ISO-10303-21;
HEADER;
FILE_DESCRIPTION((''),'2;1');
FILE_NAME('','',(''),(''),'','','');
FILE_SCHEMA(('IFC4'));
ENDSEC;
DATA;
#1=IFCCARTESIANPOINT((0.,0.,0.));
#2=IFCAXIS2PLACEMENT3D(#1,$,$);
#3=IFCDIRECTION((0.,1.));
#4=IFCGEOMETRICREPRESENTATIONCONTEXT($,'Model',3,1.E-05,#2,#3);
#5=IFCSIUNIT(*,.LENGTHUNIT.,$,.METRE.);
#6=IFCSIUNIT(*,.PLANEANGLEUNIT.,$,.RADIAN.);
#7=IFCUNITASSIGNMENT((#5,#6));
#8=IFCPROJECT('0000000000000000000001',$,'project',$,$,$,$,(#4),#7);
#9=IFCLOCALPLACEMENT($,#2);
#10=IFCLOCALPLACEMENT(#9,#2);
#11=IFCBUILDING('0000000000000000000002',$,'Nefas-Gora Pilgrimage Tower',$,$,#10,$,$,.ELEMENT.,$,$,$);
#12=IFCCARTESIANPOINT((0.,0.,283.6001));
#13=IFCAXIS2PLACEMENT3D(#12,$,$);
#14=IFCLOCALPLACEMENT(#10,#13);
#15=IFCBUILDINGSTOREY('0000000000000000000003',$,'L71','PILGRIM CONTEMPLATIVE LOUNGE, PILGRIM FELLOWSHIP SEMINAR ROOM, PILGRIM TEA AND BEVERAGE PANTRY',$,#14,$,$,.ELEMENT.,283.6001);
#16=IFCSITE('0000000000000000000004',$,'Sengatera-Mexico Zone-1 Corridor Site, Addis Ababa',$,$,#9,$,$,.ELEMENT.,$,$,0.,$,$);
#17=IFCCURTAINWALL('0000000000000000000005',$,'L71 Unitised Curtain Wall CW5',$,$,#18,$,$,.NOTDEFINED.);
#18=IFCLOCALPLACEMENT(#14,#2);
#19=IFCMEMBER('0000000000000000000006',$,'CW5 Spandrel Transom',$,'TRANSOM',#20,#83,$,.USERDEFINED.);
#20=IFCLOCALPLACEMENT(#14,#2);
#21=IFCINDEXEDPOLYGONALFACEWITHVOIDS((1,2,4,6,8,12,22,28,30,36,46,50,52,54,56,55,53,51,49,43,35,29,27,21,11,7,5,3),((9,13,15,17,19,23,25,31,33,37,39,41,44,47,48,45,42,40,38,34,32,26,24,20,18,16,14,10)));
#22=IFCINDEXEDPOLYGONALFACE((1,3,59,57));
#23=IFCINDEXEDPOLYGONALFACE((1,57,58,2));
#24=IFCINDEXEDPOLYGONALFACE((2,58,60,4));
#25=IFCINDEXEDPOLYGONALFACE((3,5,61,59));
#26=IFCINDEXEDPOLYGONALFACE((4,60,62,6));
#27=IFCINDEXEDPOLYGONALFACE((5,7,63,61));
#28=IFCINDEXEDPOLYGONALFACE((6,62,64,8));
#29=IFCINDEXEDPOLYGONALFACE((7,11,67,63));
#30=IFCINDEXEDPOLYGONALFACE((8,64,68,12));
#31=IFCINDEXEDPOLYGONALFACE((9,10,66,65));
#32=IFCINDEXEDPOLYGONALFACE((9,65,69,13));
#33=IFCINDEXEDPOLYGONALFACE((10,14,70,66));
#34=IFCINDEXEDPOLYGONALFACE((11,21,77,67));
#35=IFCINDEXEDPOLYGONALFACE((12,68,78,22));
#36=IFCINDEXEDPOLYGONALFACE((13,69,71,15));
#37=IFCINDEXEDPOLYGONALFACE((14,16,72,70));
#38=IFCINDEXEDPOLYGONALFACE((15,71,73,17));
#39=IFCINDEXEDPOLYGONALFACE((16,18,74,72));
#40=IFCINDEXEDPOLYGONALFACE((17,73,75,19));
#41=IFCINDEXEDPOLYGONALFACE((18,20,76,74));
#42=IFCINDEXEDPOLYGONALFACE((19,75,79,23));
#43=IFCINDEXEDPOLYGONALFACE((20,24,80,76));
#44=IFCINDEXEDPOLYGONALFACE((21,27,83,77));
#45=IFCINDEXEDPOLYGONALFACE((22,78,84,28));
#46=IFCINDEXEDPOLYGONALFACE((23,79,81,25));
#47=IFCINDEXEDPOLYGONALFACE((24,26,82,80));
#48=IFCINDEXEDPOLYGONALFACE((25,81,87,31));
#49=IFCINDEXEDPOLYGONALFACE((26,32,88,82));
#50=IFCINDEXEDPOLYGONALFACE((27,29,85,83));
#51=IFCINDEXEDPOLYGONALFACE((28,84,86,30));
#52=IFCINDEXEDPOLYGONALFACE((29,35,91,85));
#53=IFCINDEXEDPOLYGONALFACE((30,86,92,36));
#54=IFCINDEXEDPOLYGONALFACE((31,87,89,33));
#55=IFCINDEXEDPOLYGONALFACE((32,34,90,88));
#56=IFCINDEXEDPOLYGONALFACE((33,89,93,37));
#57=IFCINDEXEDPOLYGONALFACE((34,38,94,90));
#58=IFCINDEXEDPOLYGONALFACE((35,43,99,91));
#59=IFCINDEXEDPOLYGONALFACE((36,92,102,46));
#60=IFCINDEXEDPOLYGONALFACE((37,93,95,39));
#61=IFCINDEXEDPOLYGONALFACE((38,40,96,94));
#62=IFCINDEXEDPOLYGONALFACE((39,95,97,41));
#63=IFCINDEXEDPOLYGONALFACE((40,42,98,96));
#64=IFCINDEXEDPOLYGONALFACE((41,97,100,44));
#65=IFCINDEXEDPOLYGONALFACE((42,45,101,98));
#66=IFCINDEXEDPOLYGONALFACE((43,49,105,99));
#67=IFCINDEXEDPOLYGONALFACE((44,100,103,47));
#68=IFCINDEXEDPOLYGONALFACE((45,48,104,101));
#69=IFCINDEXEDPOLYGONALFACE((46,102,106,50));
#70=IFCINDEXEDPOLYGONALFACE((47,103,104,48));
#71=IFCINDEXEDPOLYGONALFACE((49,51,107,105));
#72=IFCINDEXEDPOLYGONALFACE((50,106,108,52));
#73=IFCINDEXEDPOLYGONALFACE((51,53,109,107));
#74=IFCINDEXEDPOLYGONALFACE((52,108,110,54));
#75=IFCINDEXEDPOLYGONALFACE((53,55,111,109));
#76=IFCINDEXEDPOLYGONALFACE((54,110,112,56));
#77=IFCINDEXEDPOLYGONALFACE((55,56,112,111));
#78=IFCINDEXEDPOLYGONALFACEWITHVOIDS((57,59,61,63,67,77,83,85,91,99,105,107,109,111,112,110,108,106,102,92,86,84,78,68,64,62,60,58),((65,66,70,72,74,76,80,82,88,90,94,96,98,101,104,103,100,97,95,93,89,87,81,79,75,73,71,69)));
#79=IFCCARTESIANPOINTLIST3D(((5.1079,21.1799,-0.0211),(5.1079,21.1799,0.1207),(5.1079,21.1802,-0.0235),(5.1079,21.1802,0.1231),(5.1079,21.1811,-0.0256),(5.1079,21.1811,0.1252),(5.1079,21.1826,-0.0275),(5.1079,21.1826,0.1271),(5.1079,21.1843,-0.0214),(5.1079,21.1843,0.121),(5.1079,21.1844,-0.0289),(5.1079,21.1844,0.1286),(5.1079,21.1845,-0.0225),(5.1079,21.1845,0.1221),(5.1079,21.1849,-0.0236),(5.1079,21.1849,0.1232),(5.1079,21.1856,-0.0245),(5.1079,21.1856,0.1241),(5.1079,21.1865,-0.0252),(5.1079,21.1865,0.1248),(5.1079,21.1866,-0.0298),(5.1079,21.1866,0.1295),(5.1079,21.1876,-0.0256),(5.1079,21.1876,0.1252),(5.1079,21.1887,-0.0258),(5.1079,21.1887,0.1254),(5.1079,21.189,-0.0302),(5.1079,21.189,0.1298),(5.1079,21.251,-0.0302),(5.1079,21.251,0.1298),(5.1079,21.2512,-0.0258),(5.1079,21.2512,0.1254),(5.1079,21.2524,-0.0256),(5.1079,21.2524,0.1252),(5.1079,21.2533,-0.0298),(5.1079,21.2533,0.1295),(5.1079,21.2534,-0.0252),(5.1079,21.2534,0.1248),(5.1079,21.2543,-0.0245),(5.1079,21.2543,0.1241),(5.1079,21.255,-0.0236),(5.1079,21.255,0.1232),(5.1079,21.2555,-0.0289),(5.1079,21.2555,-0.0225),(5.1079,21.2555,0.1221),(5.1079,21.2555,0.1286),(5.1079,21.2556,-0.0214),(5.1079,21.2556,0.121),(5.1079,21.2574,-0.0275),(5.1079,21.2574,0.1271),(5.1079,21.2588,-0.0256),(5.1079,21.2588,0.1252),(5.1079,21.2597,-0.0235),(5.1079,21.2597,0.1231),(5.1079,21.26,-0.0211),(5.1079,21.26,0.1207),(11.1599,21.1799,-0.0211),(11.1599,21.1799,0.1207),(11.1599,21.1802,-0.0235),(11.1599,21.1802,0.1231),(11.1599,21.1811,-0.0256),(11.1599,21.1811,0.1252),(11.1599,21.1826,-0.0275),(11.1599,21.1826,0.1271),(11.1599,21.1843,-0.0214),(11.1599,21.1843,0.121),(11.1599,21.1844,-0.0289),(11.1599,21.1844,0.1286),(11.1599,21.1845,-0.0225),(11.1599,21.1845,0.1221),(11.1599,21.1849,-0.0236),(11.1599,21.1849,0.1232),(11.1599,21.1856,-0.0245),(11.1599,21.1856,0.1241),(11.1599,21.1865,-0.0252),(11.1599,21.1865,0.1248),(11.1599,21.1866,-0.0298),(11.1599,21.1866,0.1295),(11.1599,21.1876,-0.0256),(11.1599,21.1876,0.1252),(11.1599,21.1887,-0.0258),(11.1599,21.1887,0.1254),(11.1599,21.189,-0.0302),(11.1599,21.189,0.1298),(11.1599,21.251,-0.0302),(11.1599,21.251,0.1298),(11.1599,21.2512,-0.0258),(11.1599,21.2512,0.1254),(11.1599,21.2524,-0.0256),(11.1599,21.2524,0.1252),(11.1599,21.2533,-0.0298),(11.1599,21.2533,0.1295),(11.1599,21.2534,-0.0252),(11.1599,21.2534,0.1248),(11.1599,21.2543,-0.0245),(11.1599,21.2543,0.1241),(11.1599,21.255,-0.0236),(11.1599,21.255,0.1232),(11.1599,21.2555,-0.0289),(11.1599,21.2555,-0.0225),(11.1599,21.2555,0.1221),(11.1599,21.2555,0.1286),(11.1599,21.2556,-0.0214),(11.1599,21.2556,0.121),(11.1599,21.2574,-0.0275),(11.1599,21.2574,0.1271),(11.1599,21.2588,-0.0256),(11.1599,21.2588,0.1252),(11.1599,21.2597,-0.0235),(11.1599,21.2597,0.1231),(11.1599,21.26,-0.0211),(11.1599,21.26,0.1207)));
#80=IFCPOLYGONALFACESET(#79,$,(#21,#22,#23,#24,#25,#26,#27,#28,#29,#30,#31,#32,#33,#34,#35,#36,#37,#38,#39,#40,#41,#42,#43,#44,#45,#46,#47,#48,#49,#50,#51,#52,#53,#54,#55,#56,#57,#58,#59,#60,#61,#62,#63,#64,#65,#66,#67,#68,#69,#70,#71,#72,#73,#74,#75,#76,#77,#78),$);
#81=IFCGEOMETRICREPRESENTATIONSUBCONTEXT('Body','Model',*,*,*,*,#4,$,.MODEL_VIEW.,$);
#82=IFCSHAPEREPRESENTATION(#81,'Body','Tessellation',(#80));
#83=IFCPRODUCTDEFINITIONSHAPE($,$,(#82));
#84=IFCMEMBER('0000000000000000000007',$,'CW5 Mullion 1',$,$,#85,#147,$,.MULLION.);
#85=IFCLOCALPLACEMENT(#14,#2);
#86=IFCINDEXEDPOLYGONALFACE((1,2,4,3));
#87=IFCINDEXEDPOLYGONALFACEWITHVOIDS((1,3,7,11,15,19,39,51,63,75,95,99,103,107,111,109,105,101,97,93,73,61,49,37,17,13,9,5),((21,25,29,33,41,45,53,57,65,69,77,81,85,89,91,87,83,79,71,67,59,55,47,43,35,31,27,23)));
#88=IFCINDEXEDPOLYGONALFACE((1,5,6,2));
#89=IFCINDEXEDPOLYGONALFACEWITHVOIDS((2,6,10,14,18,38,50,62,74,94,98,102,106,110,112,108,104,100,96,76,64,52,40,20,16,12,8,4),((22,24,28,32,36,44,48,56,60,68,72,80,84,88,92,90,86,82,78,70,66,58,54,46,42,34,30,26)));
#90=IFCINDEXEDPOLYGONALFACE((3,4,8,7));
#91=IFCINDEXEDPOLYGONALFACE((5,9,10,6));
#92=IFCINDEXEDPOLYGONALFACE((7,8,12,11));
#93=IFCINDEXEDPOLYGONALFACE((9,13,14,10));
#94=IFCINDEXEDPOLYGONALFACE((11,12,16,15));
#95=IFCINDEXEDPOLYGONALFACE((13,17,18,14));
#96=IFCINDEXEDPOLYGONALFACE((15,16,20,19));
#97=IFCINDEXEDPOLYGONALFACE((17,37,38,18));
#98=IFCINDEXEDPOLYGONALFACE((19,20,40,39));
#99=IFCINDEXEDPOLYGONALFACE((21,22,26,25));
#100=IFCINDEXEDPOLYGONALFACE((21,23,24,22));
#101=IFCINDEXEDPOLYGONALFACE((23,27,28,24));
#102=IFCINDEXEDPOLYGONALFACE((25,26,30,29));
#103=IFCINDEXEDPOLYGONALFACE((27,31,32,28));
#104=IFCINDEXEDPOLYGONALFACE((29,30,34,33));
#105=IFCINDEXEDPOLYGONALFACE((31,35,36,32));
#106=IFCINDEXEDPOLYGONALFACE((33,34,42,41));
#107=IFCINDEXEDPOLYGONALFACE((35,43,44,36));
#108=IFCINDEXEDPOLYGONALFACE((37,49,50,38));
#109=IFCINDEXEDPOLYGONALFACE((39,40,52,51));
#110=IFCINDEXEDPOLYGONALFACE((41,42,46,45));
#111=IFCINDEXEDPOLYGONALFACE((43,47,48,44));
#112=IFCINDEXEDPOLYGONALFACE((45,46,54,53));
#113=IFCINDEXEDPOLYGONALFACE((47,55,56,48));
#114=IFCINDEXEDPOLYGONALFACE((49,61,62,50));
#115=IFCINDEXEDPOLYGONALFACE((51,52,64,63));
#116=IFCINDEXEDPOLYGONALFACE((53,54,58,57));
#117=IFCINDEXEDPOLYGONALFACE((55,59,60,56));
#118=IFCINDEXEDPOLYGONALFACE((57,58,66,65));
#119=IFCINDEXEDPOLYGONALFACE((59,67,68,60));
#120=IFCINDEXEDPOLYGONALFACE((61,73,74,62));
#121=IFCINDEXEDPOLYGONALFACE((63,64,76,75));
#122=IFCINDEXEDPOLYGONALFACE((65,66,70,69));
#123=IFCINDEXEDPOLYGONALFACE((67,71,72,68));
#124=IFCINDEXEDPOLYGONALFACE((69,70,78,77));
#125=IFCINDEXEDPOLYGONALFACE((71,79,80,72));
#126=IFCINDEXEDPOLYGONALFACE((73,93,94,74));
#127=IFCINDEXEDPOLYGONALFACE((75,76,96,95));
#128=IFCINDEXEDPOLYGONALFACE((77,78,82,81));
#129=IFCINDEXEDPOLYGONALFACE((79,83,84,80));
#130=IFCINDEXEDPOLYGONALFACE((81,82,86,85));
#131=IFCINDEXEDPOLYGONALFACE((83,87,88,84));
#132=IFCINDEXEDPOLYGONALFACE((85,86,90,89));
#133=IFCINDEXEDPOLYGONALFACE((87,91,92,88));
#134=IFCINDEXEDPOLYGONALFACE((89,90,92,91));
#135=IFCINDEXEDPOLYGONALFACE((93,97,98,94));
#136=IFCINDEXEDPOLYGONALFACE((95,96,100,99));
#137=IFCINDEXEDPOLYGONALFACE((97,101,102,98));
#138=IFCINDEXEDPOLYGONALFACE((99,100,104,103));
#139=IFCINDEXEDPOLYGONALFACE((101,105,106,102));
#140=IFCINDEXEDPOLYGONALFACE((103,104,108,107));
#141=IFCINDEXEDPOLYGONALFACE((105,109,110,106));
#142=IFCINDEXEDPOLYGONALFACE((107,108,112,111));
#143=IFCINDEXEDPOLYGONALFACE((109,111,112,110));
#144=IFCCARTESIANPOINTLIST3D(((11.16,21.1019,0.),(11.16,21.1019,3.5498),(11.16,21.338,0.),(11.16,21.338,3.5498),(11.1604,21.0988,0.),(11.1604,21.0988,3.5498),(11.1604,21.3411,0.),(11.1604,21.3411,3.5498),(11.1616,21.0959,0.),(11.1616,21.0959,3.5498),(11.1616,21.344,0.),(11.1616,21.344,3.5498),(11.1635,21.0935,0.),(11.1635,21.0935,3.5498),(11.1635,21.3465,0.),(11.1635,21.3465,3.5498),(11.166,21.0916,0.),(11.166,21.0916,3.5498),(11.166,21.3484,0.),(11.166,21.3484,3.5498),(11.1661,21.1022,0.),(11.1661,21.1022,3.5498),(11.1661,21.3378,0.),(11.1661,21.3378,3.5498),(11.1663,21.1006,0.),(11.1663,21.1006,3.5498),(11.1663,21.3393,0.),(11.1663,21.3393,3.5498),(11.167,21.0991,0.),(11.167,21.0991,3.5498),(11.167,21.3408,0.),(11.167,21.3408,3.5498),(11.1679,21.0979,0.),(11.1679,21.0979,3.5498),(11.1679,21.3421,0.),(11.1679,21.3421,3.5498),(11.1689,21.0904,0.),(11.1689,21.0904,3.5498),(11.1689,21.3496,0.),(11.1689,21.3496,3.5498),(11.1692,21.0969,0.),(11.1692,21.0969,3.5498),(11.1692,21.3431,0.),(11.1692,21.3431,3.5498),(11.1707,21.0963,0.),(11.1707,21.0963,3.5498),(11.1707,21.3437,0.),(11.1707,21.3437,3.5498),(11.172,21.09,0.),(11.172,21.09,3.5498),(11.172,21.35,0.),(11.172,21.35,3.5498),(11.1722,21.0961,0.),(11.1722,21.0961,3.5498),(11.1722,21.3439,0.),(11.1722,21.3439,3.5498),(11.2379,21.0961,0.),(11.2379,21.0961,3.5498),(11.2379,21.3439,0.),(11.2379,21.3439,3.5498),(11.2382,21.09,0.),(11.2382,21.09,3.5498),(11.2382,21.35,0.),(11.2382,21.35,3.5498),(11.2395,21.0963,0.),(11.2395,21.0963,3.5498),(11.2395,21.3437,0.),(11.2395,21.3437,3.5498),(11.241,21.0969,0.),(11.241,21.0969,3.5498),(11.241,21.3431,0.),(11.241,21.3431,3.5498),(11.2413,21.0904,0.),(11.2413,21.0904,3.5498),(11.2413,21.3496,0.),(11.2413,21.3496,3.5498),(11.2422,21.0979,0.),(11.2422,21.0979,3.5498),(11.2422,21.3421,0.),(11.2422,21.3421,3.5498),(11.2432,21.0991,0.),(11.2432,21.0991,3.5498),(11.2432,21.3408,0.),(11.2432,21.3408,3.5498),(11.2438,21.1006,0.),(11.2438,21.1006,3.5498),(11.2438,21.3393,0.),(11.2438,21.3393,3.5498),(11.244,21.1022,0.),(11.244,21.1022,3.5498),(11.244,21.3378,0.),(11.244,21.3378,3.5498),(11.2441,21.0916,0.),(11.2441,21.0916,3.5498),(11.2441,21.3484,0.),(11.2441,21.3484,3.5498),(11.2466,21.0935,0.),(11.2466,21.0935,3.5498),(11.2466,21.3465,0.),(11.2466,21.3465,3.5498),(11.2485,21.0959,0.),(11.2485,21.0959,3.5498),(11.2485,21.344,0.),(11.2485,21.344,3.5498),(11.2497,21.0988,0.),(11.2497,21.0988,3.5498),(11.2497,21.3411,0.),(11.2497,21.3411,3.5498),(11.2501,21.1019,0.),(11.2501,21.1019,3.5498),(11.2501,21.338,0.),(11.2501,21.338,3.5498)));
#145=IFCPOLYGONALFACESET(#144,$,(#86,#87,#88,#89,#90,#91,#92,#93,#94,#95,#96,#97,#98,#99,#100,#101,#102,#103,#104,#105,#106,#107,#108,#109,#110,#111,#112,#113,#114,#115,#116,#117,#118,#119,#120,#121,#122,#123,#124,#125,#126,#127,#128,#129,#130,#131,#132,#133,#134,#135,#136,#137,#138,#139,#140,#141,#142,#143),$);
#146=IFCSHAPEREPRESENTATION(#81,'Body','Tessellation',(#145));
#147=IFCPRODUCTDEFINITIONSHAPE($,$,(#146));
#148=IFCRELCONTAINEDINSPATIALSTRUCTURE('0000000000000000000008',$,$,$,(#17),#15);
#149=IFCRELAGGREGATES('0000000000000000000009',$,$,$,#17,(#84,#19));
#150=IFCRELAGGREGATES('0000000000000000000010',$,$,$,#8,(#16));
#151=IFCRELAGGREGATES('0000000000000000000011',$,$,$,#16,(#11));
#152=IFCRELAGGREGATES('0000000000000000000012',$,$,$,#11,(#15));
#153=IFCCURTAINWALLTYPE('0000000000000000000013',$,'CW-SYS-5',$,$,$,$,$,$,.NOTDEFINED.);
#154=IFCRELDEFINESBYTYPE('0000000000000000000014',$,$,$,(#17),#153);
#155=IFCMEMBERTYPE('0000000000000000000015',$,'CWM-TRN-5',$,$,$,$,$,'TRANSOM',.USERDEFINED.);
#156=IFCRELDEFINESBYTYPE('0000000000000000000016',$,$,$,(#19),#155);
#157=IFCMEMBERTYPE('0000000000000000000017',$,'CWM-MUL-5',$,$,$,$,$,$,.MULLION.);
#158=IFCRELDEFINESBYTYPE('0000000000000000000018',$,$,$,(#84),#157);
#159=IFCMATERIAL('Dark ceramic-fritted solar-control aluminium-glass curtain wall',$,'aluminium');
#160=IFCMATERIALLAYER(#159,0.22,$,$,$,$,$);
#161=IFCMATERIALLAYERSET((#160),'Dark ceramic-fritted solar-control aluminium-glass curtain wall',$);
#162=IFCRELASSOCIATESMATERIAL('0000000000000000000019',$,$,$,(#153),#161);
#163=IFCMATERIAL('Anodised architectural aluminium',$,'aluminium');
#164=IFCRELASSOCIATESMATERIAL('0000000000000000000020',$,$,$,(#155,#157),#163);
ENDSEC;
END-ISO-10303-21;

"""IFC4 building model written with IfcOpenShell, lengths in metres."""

from ifc_helpers import new_model, si_unit, direction, frame, origin, origin_2d, place, context, subcontext, project, spatial, hollow_rectangle, extrude, source, transform, mapped, material, layer, layer_set, material_profile, profile_set, type_object, element, aggregate, save


model = new_model("IFC4")

# Units and contexts
model_context = context("Model", 3, precision=1e-05, world=origin(), true_north=direction((0.0, 1.0)))
body_context = subcontext(model_context, "Body", "Model", "MODEL_VIEW")
ifc_project = project(units=[si_unit("LENGTHUNIT", "METRE"), si_unit("PLANEANGLEUNIT", "RADIAN")], contexts=[model_context])

# Site, building, storey
site_placement = place(None, origin())
site = spatial("IfcSite", under=ifc_project, at=site_placement, Name="Sengatera-Mexico Zone-1 Corridor Site, Addis Ababa", CompositionType="ELEMENT", RefElevation=0.0)
building_placement = place(site_placement, origin())
building = spatial("IfcBuilding", under=site, at=building_placement, Name="Nefas-Gora Pilgrimage Tower", CompositionType="ELEMENT")
storey_placement = place(building_placement, frame((0.0, 0.0, 283.6001)))
storey = spatial("IfcBuildingStorey", under=building, at=storey_placement, Name="L71", Description="PILGRIM CONTEMPLATIVE LOUNGE, PILGRIM FELLOWSHIP SEMINAR ROOM, PILGRIM TEA AND BEVERAGE PANTRY", CompositionType="ELEMENT", Elevation=283.6001)

# Curtain wall, members
ifc_material_1 = material(Name="Dark ceramic-fritted solar-control aluminium-glass curtain wall", Category="aluminium")
ifc_layer_1 = layer(ifc_material_1, 0.22)
ifc_layer_set_1 = layer_set([ifc_layer_1], Name="Dark ceramic-fritted solar-control aluminium-glass curtain wall")
curtain_wall_type_1 = type_object("IfcCurtainWallType", Name="CW-SYS-5", PredefinedType="NOTDEFINED", material=ifc_layer_set_1)
curtain_wall_1_placement = place(storey_placement, origin())
curtain_wall_1 = element("IfcCurtainWall", 1, at=curtain_wall_1_placement, inside=storey, type_object=curtain_wall_type_1, Name="L71 Unitised Curtain Wall CW5", PredefinedType="NOTDEFINED")
ifc_material_2 = material(Name="Anodised architectural aluminium", Category="aluminium")
ifc_material_profile_1 = material_profile(ifc_material_2, hollow_rectangle(XDim=0.0801, YDim=0.1599, WallThickness=0.0044, InnerFilletRadius=0.0044, OuterFilletRadius=0.009, at=origin_2d()), Name="ALU TRANSOM 80x160")
ifc_profile_set_1 = profile_set([ifc_material_profile_1], Name="Anodised architectural aluminium")
member_type_1 = type_object("IfcMemberType", Name="CWM-TRN-5", ElementType="TRANSOM", PredefinedType="USERDEFINED", material=ifc_profile_set_1)
shared_shape_1 = source(origin(), body_context, "Body", "SweptSolid", [
    extrude(hollow_rectangle(XDim=0.0801, YDim=0.1599, WallThickness=0.0044, InnerFilletRadius=0.0044, OuterFilletRadius=0.009, at=origin_2d()), origin(), (0.0, 0.0, 1.0), 6.052),
])
member_1_placement = place(storey_placement, frame((11.1599, 21.22, 0.0498), z_axis=(-1.0, 0.0, 0.0), x_axis=(0.0, -1.0, 0.0)))
member_1 = element("IfcMember", 2, at=member_1_placement, type_object=member_type_1, Name="CW5 Spandrel Transom", ObjectType="TRANSOM", PredefinedType="USERDEFINED", context=body_context, shape_type="MappedRepresentation", body=[
    mapped(shared_shape_1, transform((0.0, 0.0, 0.0), x_axis=(1.0, 0.0, 0.0), y_axis=(0.0, 1.0, 0.0), z_axis=(0.0, 0.0, 1.0), scale=1.0)),
])
ifc_material_profile_2 = material_profile(ifc_material_2, hollow_rectangle(XDim=0.0901, YDim=0.26, WallThickness=0.0061, InnerFilletRadius=0.0061, OuterFilletRadius=0.012, at=origin_2d()), Name="ALU MULLION 90x260")
ifc_profile_set_2 = profile_set([ifc_material_profile_2], Name="Anodised architectural aluminium")
member_type_2 = type_object("IfcMemberType", Name="CWM-MUL-5", PredefinedType="MULLION", material=ifc_profile_set_2)
shared_shape_2 = source(origin(), body_context, "Body", "SweptSolid", [
    extrude(hollow_rectangle(XDim=0.0901, YDim=0.26, WallThickness=0.0061, InnerFilletRadius=0.0061, OuterFilletRadius=0.012, at=origin_2d()), origin(), (0.0, 0.0, 1.0), 3.5498),
])
member_2_placement = place(storey_placement, frame((11.2051, 21.22, 0.0), z_axis=(0.0, 0.0, 1.0), x_axis=(-1.0, 0.0, 0.0)))
member_2 = element("IfcMember", 3, at=member_2_placement, type_object=member_type_2, Name="CW5 Mullion 1", PredefinedType="MULLION", context=body_context, shape_type="MappedRepresentation", body=[
    mapped(shared_shape_2, transform((0.0, 0.0, 0.0), x_axis=(1.0, 0.0, 0.0), y_axis=(0.0, 1.0, 0.0), z_axis=(0.0, 0.0, 1.0), scale=1.0)),
])

aggregate(curtain_wall_1, [member_2, member_1])

save(model, "model.ifc")
